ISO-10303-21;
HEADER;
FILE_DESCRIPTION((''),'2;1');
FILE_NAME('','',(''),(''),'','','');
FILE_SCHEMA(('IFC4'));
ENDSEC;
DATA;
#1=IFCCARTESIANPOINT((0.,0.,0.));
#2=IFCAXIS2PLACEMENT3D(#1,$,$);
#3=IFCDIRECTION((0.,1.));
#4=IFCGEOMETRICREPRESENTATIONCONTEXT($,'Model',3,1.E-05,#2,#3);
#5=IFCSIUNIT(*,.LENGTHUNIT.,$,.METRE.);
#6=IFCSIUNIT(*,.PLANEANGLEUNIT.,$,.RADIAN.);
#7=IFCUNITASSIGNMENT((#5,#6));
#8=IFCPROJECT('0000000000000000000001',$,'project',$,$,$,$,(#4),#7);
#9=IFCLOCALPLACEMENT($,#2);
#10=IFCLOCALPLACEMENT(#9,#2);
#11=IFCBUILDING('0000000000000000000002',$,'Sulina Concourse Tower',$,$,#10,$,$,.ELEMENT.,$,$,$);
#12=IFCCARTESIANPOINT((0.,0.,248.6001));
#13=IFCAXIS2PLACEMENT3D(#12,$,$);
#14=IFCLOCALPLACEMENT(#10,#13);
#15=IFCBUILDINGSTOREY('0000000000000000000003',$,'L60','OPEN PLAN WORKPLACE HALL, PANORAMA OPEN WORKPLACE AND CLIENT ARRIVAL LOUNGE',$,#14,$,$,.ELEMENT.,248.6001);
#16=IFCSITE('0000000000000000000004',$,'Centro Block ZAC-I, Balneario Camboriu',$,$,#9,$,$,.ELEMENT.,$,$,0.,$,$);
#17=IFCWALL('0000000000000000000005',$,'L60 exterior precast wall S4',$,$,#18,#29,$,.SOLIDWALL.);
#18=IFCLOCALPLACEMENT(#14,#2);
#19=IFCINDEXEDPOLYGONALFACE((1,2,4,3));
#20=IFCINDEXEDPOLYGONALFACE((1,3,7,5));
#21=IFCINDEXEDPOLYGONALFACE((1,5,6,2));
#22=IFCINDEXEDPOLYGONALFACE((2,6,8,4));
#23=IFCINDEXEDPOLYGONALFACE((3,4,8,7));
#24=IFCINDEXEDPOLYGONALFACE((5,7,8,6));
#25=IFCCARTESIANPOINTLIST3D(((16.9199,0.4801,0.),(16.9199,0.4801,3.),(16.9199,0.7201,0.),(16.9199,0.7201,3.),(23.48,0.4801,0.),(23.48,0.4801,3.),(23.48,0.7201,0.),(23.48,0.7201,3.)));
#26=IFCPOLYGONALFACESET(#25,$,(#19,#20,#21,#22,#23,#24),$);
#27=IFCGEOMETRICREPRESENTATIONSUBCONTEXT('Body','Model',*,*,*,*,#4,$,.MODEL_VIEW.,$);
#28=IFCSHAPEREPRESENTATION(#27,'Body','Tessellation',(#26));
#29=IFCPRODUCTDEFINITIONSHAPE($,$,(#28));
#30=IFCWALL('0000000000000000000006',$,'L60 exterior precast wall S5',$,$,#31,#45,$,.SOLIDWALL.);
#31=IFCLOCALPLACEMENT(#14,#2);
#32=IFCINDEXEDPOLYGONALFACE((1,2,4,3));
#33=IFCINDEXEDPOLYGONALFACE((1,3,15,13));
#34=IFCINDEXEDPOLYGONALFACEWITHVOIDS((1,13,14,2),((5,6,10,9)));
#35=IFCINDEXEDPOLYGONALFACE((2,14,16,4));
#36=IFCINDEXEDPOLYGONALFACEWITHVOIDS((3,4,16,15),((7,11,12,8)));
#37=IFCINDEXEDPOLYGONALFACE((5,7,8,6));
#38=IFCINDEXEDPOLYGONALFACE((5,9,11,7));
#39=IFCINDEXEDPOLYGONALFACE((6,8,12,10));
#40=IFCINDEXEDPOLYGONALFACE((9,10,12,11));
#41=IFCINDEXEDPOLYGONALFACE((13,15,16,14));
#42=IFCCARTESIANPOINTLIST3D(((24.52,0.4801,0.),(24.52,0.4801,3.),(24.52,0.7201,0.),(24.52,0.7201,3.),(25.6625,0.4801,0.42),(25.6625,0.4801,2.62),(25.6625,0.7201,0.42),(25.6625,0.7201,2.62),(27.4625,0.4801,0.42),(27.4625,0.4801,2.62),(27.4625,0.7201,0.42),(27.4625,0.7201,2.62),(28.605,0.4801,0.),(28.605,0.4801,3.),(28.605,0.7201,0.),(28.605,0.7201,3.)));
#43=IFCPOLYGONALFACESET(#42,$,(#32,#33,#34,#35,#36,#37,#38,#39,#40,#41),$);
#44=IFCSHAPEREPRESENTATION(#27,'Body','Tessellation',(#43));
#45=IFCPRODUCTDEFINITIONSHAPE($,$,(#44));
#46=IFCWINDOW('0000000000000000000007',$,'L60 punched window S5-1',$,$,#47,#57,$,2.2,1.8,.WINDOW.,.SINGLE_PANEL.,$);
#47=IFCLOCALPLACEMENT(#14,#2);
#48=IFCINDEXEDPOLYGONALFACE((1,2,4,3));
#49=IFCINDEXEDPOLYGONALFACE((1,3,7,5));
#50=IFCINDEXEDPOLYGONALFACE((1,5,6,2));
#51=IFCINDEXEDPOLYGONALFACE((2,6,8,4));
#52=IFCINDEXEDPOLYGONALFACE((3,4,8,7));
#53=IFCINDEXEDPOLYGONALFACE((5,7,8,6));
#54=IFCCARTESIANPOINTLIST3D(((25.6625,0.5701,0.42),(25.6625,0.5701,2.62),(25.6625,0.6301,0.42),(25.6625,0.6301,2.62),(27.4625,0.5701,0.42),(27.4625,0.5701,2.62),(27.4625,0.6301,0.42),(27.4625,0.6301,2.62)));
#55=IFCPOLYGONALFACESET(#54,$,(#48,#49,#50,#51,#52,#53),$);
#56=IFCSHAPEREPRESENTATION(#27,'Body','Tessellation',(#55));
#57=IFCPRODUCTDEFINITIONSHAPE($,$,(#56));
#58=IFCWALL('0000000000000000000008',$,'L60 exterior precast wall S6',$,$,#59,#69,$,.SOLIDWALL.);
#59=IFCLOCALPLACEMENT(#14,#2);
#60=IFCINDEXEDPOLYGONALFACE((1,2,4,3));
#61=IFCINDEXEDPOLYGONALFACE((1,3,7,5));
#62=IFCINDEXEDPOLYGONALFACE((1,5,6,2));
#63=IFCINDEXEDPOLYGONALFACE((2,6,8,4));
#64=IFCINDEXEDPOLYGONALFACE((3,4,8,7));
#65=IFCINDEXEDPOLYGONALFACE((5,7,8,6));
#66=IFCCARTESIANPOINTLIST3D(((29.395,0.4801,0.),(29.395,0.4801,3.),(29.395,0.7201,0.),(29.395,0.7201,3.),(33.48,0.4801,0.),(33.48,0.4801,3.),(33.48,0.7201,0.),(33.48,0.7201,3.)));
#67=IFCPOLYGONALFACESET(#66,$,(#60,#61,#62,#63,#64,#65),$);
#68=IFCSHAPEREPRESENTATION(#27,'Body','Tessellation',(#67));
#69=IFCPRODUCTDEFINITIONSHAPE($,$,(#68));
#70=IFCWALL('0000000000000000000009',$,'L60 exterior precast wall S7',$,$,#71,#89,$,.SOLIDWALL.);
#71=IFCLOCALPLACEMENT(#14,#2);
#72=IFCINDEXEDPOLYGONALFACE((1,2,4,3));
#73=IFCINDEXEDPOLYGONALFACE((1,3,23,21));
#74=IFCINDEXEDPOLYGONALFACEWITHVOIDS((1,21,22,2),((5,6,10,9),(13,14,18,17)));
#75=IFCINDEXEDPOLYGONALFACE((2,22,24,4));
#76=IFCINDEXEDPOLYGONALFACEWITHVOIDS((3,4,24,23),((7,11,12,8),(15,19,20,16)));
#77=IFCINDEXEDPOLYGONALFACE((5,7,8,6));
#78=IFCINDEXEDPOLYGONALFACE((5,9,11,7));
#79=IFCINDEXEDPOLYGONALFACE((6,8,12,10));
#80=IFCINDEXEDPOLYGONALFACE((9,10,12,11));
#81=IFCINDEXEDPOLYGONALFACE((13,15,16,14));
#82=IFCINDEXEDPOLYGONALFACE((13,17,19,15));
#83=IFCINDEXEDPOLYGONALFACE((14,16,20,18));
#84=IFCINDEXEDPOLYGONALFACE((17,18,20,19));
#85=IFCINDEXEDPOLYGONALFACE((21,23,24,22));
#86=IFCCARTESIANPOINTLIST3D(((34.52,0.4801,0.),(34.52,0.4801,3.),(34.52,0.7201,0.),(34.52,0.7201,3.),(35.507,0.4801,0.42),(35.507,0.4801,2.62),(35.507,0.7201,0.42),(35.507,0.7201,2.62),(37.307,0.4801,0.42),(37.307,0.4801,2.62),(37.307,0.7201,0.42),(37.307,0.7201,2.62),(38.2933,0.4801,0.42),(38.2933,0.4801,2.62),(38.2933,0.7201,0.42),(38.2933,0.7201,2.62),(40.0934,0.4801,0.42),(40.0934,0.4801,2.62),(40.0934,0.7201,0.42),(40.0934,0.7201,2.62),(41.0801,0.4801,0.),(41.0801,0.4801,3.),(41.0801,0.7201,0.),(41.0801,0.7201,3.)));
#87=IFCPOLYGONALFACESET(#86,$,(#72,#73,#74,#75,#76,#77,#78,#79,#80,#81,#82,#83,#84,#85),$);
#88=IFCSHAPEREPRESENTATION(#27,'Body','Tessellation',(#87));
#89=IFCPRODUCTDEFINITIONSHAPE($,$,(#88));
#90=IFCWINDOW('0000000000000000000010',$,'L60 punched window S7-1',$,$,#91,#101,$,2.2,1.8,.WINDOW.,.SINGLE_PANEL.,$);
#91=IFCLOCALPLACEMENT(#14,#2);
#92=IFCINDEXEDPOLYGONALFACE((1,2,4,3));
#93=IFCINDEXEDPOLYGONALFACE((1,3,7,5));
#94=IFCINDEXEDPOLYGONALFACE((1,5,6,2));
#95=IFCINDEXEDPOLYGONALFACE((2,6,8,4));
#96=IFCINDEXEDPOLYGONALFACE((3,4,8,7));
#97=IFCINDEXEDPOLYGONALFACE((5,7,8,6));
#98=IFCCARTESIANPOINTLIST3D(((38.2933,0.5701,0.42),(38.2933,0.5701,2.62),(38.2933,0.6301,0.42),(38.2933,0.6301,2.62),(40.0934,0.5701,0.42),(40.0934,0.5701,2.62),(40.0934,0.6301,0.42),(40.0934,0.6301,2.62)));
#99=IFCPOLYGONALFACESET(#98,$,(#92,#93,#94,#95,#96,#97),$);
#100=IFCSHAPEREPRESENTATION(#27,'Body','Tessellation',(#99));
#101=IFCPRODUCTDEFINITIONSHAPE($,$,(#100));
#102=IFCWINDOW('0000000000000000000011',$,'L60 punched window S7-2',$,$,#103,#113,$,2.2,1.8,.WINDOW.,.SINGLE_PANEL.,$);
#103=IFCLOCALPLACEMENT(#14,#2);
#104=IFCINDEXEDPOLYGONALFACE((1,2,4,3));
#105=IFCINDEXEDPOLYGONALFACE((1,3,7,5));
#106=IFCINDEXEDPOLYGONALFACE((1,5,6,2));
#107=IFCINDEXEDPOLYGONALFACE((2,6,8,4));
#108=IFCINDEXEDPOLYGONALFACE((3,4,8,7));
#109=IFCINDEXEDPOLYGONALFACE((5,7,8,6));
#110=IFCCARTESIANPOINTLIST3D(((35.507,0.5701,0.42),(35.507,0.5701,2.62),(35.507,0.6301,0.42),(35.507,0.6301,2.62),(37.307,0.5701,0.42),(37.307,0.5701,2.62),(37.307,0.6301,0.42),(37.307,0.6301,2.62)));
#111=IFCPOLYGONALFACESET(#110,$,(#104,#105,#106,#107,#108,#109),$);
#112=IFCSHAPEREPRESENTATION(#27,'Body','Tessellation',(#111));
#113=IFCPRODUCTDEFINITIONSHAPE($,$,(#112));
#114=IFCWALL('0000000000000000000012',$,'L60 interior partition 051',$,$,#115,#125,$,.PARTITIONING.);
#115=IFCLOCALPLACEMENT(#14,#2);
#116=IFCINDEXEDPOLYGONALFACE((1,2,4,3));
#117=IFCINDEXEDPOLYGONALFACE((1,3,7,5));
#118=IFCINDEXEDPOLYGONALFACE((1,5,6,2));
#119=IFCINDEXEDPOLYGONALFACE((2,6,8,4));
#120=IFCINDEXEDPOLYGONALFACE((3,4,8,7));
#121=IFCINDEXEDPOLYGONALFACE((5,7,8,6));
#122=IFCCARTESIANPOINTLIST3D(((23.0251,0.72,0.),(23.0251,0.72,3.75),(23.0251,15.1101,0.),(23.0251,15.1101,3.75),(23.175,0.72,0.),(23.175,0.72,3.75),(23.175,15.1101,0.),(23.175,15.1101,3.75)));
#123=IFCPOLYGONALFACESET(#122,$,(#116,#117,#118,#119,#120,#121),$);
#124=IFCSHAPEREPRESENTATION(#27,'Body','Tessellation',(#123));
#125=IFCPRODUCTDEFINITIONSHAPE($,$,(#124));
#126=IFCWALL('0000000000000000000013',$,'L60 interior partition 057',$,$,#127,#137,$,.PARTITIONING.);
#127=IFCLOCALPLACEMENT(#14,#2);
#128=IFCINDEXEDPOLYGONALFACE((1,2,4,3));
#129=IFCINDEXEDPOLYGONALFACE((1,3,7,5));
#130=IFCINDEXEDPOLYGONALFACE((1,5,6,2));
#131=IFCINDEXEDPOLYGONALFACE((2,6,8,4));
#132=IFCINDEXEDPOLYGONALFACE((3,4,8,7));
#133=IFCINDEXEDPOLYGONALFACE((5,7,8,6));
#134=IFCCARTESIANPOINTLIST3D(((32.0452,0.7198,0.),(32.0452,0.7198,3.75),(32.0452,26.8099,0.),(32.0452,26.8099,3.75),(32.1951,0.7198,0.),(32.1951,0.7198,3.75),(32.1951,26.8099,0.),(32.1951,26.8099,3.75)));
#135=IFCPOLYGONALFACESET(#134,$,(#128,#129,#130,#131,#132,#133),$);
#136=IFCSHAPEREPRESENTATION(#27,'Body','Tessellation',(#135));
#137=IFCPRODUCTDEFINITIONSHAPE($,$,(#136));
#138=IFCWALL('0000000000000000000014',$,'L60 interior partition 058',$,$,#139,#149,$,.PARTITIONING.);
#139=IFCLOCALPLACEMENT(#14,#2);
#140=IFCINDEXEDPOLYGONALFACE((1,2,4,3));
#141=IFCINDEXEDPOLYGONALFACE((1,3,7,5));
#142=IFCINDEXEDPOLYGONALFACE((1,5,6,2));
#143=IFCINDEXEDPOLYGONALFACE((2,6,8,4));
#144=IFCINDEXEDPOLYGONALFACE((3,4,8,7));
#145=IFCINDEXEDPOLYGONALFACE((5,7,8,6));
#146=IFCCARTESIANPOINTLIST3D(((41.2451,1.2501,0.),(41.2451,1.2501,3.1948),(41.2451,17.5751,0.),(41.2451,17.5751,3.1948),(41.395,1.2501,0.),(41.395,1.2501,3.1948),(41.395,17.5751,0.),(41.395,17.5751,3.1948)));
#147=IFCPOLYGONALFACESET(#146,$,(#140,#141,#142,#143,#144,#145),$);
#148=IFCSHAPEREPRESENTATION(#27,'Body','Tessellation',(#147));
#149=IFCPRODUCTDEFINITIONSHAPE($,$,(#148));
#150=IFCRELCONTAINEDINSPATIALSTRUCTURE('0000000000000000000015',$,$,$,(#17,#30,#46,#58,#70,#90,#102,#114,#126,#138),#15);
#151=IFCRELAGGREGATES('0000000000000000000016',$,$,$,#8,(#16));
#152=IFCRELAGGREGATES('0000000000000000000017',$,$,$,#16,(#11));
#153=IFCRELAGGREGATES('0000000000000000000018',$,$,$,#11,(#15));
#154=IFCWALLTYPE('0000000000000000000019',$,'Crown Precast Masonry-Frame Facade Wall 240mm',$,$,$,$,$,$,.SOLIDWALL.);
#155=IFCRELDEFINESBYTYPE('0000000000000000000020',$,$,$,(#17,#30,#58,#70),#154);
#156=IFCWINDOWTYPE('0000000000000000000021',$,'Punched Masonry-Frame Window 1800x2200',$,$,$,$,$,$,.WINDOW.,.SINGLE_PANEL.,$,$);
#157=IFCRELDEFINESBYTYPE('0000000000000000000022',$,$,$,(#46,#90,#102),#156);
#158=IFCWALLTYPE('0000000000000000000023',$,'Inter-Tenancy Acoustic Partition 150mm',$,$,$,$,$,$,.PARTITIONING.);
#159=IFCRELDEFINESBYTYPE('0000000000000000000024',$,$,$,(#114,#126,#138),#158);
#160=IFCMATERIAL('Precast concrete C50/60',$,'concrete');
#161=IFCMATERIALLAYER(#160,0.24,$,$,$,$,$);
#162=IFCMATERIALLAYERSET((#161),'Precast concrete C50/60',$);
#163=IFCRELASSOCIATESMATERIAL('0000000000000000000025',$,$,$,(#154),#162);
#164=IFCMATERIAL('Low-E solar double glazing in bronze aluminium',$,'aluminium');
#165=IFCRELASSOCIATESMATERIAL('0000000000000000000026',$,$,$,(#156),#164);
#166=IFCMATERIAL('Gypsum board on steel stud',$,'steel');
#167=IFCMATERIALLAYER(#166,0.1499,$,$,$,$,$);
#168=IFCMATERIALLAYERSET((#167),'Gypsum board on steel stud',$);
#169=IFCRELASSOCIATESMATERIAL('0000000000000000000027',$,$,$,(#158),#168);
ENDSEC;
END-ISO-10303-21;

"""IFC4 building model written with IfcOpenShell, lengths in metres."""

from ifc_helpers import new_model, si_unit, direction, frame, frame_2d, origin, place, context, subcontext, project, spatial, rectangle, extrude, material, layer, layer_set, type_object, element, fill, save


model = new_model("IFC4")

# Units and contexts
model_context = context("Model", 3, precision=1e-05, world=origin(), true_north=direction((0.0, 1.0)))
body_context = subcontext(model_context, "Body", "Model", "MODEL_VIEW")
ifc_project = project(units=[si_unit("LENGTHUNIT", "METRE"), si_unit("PLANEANGLEUNIT", "RADIAN")], contexts=[model_context])

# Site, building, storey
site_placement = place(None, origin())
site = spatial("IfcSite", under=ifc_project, at=site_placement, Name="Centro Block ZAC-I, Balneario Camboriu", CompositionType="ELEMENT", RefElevation=0.0)
building_placement = place(site_placement, origin())
building = spatial("IfcBuilding", under=site, at=building_placement, Name="Sulina Concourse Tower", CompositionType="ELEMENT")
storey_placement = place(building_placement, frame((0.0, 0.0, 248.6001)))
storey = spatial("IfcBuildingStorey", under=building, at=storey_placement, Name="L60", Description="OPEN PLAN WORKPLACE HALL, PANORAMA OPEN WORKPLACE AND CLIENT ARRIVAL LOUNGE", CompositionType="ELEMENT", Elevation=248.6001)

# Wall
ifc_material_1 = material(Name="Precast concrete C50/60", Category="concrete")
ifc_layer_1 = layer(ifc_material_1, 0.24)
ifc_layer_set_1 = layer_set([ifc_layer_1], Name="Precast concrete C50/60")
wall_type_1 = type_object("IfcWallType", Name="Crown Precast Masonry-Frame Facade Wall 240mm", PredefinedType="SOLIDWALL", material=ifc_layer_set_1)
wall_1_placement = place(storey_placement, frame((23.48, 0.6001, 0.0), z_axis=(0.0, 0.0, 1.0), x_axis=(-1.0, 0.0, 0.0)))
element("IfcWall", 1, at=wall_1_placement, inside=storey, type_object=wall_type_1, Name="L60 exterior precast wall S4", PredefinedType="SOLIDWALL", context=body_context, shape_type="SweptSolid", body=[
    extrude(rectangle(XDim=6.5601, YDim=0.24, at=frame_2d((3.28, 0.0))), origin(), (0.0, 0.0, 1.0), 3.0),
])

# Wall, opening, window
wall_2_placement = place(storey_placement, frame((28.605, 0.6001, 0.0), z_axis=(0.0, 0.0, 1.0), x_axis=(-1.0, 0.0, 0.0)))
wall_2 = element("IfcWall", 2, at=wall_2_placement, inside=storey, type_object=wall_type_1, Name="L60 exterior precast wall S5", PredefinedType="SOLIDWALL", context=body_context, shape_type="SweptSolid", body=[
    extrude(rectangle(XDim=4.085, YDim=0.24, at=frame_2d((2.0425, 0.0))), origin(), (0.0, 0.0, 1.0), 3.0),
])
opening_1_placement = place(wall_2_placement, frame((1.1426, 0.0, 0.4199)))
opening_1 = element("IfcOpeningElement", 3, at=opening_1_placement, cuts=wall_2, PredefinedType="OPENING", context=body_context, shape_type="SweptSolid", body=[
    extrude(rectangle(XDim=1.8, YDim=2.2, at=frame_2d((0.8999, 1.1001))), frame((0.0, 0.1299, 0.0), z_axis=(0.0, -1.0, 0.0), x_axis=(1.0, 0.0, 0.0)), (0.0, 0.0, 1.0), 0.26),
])
ifc_material_2 = material(Name="Low-E solar double glazing in bronze aluminium", Category="aluminium")
window_type = type_object("IfcWindowType", Name="Punched Masonry-Frame Window 1800x2200", PartitioningType="SINGLE_PANEL", PredefinedType="WINDOW", material=ifc_material_2)
window_1_placement = place(opening_1_placement, origin())
window_1 = element("IfcWindow", 4, at=window_1_placement, inside=storey, type_object=window_type, Name="L60 punched window S5-1", OverallHeight=2.2, OverallWidth=1.8, PartitioningType="SINGLE_PANEL", PredefinedType="WINDOW", context=body_context, shape_type="SweptSolid", body=[
    extrude(rectangle(XDim=1.8, YDim=2.2, at=frame_2d((0.8999, 1.1001))), frame((0.0, 0.03, 0.0), z_axis=(0.0, -1.0, 0.0), x_axis=(1.0, 0.0, 0.0)), (0.0, 0.0, 1.0), 0.0601),
])
fill(opening_1, window_1)

# Wall
wall_3_placement = place(storey_placement, frame((33.48, 0.6001, 0.0), z_axis=(0.0, 0.0, 1.0), x_axis=(-1.0, 0.0, 0.0)))
element("IfcWall", 5, at=wall_3_placement, inside=storey, type_object=wall_type_1, Name="L60 exterior precast wall S6", PredefinedType="SOLIDWALL", context=body_context, shape_type="SweptSolid", body=[
    extrude(rectangle(XDim=4.085, YDim=0.24, at=frame_2d((2.0425, 0.0))), origin(), (0.0, 0.0, 1.0), 3.0),
])

# Wall, openings, windows
wall_4_placement = place(storey_placement, frame((41.0801, 0.6001, 0.0), z_axis=(0.0, 0.0, 1.0), x_axis=(-1.0, 0.0, 0.0)))
wall_4 = element("IfcWall", 6, at=wall_4_placement, inside=storey, type_object=wall_type_1, Name="L60 exterior precast wall S7", PredefinedType="SOLIDWALL", context=body_context, shape_type="SweptSolid", body=[
    extrude(rectangle(XDim=6.5601, YDim=0.24, at=frame_2d((3.28, 0.0))), origin(), (0.0, 0.0, 1.0), 3.0),
])
opening_2_placement = place(wall_4_placement, frame((0.9868, 0.0, 0.4199)))
opening_2 = element("IfcOpeningElement", 7, at=opening_2_placement, cuts=wall_4, PredefinedType="OPENING", context=body_context, shape_type="SweptSolid", body=[
    extrude(rectangle(XDim=1.8, YDim=2.2, at=frame_2d((0.8999, 1.1001))), frame((0.0, 0.1299, 0.0), z_axis=(0.0, -1.0, 0.0), x_axis=(1.0, 0.0, 0.0)), (0.0, 0.0, 1.0), 0.26),
])
opening_3_placement = place(wall_4_placement, frame((3.7732, 0.0, 0.4199)))
opening_3 = element("IfcOpeningElement", 8, at=opening_3_placement, cuts=wall_4, PredefinedType="OPENING", context=body_context, shape_type="SweptSolid", body=[
    extrude(rectangle(XDim=1.8, YDim=2.2, at=frame_2d((0.8999, 1.1001))), frame((0.0, 0.1299, 0.0), z_axis=(0.0, -1.0, 0.0), x_axis=(1.0, 0.0, 0.0)), (0.0, 0.0, 1.0), 0.26),
])
window_2_placement = place(opening_2_placement, origin())
window_2 = element("IfcWindow", 9, at=window_2_placement, inside=storey, type_object=window_type, Name="L60 punched window S7-1", OverallHeight=2.2, OverallWidth=1.8, PartitioningType="SINGLE_PANEL", PredefinedType="WINDOW", context=body_context, shape_type="SweptSolid", body=[
    extrude(rectangle(XDim=1.8, YDim=2.2, at=frame_2d((0.8999, 1.1001))), frame((0.0, 0.03, 0.0), z_axis=(0.0, -1.0, 0.0), x_axis=(1.0, 0.0, 0.0)), (0.0, 0.0, 1.0), 0.0601),
])
fill(opening_2, window_2)
window_3_placement = place(opening_3_placement, origin())
window_3 = element("IfcWindow", 10, at=window_3_placement, inside=storey, type_object=window_type, Name="L60 punched window S7-2", OverallHeight=2.2, OverallWidth=1.8, PartitioningType="SINGLE_PANEL", PredefinedType="WINDOW", context=body_context, shape_type="SweptSolid", body=[
    extrude(rectangle(XDim=1.8, YDim=2.2, at=frame_2d((0.8999, 1.1001))), frame((0.0, 0.03, 0.0), z_axis=(0.0, -1.0, 0.0), x_axis=(1.0, 0.0, 0.0)), (0.0, 0.0, 1.0), 0.0601),
])
fill(opening_3, window_3)

# Walls
ifc_material_3 = material(Name="Gypsum board on steel stud", Category="steel")
ifc_layer_2 = layer(ifc_material_3, 0.1499)
ifc_layer_set_2 = layer_set([ifc_layer_2], Name="Gypsum board on steel stud")
wall_type_2 = type_object("IfcWallType", Name="Inter-Tenancy Acoustic Partition 150mm", PredefinedType="PARTITIONING", material=ifc_layer_set_2)
wall_5_placement = place(storey_placement, frame((23.1001, 0.72, 0.0), z_axis=(0.0, 0.0, 1.0), x_axis=(0.0, 1.0, 0.0)))
element("IfcWall", 11, at=wall_5_placement, inside=storey, type_object=wall_type_2, Name="L60 interior partition 051", PredefinedType="PARTITIONING", context=body_context, shape_type="SweptSolid", body=[
    extrude(rectangle(XDim=14.3901, YDim=0.1499, at=frame_2d((7.1951, 0.0))), origin(), (0.0, 0.0, 1.0), 3.75),
])
wall_6_placement = place(storey_placement, frame((32.1201, 0.72, 0.0), z_axis=(0.0, 0.0, 1.0), x_axis=(0.0, 1.0, 0.0)))
element("IfcWall", 12, at=wall_6_placement, inside=storey, type_object=wall_type_2, Name="L60 interior partition 057", PredefinedType="PARTITIONING", context=body_context, shape_type="SweptSolid", body=[
    extrude(rectangle(XDim=26.0901, YDim=0.1499, at=frame_2d((13.0449, 0.0))), origin(), (0.0, 0.0, 1.0), 3.75),
])
wall_7_placement = place(storey_placement, frame((41.3201, 1.25, 0.0), z_axis=(0.0, 0.0, 1.0), x_axis=(0.0, 1.0, 0.0)))
element("IfcWall", 13, at=wall_7_placement, inside=storey, type_object=wall_type_2, Name="L60 interior partition 058", PredefinedType="PARTITIONING", context=body_context, shape_type="SweptSolid", body=[
    extrude(rectangle(XDim=16.325, YDim=0.1499, at=frame_2d((8.1626, 0.0))), origin(), (0.0, 0.0, 1.0), 3.1948),
])

save(model, "model.ifc")
